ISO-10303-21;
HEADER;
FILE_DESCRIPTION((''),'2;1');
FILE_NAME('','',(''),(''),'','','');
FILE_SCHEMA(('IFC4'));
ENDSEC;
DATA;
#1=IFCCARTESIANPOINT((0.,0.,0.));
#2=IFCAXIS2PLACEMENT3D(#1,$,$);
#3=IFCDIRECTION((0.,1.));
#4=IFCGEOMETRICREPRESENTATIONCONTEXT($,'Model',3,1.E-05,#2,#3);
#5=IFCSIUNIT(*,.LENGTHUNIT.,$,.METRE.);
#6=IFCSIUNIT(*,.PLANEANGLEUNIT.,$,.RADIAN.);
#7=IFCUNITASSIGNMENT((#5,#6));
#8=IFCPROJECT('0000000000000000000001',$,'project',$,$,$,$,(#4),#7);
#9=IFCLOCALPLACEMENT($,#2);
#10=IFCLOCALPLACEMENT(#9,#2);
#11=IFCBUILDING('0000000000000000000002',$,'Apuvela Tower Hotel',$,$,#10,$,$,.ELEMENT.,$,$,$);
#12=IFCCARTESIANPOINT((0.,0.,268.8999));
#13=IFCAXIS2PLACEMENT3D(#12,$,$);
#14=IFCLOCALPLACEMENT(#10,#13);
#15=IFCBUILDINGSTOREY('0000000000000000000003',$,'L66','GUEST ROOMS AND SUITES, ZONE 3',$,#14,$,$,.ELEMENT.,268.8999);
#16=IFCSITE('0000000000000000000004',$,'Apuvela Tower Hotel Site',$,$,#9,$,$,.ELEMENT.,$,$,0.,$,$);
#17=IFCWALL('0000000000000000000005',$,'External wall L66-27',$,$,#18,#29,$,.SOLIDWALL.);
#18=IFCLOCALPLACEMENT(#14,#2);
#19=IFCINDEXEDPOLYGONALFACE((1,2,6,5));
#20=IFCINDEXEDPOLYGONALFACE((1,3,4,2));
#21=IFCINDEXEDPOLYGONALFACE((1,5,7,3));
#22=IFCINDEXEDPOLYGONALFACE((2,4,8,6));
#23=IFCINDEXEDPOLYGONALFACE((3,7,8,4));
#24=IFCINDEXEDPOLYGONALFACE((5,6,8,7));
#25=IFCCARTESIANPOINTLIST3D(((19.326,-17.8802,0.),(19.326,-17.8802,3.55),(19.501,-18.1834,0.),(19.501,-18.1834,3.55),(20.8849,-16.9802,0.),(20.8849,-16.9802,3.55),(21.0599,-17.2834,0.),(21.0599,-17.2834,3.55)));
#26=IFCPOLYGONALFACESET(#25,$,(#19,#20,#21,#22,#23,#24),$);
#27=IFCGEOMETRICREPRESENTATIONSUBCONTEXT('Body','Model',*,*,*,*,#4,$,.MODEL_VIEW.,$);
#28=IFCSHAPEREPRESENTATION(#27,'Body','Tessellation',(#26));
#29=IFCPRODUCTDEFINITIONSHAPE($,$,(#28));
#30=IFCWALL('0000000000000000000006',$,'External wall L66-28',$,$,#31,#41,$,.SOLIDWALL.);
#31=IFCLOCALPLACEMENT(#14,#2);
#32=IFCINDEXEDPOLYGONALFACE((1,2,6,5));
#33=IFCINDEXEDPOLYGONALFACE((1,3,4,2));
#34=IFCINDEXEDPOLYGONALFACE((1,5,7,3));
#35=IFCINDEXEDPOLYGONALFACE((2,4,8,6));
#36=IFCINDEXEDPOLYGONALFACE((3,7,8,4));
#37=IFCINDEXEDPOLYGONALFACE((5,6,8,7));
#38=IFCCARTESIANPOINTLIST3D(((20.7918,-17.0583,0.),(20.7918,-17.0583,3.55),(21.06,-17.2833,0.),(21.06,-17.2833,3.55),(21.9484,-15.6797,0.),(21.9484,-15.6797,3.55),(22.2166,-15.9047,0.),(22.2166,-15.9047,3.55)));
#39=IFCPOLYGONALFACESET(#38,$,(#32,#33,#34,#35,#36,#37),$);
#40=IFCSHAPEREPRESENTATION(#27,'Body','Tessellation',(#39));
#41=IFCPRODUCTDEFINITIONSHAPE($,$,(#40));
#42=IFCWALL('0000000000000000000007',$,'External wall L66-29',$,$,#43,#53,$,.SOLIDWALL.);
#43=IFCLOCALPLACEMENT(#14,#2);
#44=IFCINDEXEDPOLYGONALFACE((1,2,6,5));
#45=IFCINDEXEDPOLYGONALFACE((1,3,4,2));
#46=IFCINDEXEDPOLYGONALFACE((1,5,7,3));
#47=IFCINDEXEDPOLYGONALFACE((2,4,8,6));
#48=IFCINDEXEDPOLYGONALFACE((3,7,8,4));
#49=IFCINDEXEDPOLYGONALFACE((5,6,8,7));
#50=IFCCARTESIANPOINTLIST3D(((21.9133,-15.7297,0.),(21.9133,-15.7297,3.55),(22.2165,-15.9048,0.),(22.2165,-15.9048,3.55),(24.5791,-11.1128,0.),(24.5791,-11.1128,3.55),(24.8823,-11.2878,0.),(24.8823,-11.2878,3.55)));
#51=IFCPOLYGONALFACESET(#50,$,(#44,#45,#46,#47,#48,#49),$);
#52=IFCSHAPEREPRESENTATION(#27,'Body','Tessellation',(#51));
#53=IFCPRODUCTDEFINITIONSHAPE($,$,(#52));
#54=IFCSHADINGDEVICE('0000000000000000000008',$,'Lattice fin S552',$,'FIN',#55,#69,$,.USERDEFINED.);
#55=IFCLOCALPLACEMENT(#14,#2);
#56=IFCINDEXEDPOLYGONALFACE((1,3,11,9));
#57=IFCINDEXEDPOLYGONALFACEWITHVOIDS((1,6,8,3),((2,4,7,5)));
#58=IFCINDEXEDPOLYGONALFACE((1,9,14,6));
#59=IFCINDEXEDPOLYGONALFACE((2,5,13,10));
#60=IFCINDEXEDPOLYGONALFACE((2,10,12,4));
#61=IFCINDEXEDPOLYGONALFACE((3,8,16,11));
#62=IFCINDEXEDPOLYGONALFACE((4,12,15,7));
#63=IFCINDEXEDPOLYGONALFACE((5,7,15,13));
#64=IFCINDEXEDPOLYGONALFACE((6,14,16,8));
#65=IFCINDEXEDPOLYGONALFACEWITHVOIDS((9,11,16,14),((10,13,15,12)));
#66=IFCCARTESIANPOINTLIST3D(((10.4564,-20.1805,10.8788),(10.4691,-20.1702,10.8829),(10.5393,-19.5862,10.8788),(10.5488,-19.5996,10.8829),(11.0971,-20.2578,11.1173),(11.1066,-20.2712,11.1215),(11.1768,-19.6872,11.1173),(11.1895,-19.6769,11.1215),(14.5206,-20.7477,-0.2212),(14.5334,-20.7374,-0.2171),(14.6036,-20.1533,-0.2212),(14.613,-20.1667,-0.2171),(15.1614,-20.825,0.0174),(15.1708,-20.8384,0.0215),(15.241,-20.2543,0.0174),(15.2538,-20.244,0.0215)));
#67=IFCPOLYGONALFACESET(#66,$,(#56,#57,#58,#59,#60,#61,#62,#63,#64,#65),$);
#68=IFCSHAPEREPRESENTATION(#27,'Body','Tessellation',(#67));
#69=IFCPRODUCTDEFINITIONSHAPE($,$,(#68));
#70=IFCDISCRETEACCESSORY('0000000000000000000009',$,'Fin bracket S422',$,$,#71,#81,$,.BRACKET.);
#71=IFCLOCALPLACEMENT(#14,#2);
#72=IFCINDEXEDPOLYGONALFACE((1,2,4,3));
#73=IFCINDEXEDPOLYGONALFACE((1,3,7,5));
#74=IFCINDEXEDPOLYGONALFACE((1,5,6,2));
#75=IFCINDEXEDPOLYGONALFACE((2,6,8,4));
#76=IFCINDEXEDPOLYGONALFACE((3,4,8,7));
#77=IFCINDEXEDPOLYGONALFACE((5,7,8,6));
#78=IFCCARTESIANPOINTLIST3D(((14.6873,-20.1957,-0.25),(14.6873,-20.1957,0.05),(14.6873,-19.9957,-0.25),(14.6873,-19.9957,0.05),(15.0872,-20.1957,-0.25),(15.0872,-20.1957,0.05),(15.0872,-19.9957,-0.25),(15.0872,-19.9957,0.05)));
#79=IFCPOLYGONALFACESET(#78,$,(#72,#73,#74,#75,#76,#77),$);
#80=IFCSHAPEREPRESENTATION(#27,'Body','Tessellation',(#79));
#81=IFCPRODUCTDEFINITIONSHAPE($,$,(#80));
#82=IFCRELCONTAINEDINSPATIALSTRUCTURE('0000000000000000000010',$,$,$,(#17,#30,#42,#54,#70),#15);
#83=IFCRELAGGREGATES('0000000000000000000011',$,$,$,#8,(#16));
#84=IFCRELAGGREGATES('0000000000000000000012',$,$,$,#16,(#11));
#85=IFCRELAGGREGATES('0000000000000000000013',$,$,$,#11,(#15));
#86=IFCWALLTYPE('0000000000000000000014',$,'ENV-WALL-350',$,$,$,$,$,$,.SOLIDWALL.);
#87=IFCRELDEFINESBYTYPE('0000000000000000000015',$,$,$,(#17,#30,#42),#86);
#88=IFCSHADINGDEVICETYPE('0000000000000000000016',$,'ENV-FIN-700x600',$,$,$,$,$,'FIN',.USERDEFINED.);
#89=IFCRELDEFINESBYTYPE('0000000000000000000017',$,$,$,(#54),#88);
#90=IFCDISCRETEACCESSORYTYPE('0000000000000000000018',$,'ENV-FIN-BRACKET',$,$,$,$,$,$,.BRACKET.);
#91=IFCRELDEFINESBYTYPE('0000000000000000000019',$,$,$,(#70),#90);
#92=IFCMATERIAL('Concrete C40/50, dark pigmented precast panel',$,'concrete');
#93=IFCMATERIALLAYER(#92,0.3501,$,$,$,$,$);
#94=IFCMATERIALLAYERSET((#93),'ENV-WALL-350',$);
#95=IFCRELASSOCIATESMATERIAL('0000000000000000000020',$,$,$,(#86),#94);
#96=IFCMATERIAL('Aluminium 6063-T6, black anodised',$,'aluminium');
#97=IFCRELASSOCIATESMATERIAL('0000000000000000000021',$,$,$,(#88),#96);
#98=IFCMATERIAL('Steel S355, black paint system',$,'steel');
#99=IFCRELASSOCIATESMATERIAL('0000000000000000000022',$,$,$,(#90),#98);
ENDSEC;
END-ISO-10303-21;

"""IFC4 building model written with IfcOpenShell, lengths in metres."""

from ifc_helpers import new_model, si_unit, direction, frame, frame_2d, origin, origin_2d, place, context, subcontext, project, spatial, rectangle, hollow_rectangle, extrude, material, layer, layer_set, material_profile, profile_set, type_object, element, save


model = new_model("IFC4")

# Units and contexts
model_context = context("Model", 3, precision=1e-05, world=origin(), true_north=direction((0.0, 1.0)))
body_context = subcontext(model_context, "Body", "Model", "MODEL_VIEW")
ifc_project = project(units=[si_unit("LENGTHUNIT", "METRE"), si_unit("PLANEANGLEUNIT", "RADIAN")], contexts=[model_context])

# Site, building, storey
site_placement = place(None, origin())
site = spatial("IfcSite", under=ifc_project, at=site_placement, Name="Apuvela Tower Hotel Site", CompositionType="ELEMENT", RefElevation=0.0)
building_placement = place(site_placement, origin())
building = spatial("IfcBuilding", under=site, at=building_placement, Name="Apuvela Tower Hotel", CompositionType="ELEMENT")
storey_placement = place(building_placement, frame((0.0, 0.0, 268.8999)))
storey = spatial("IfcBuildingStorey", under=building, at=storey_placement, Name="L66", Description="GUEST ROOMS AND SUITES, ZONE 3", CompositionType="ELEMENT", Elevation=268.8999)

# Shared definitions
ifc_material_1 = material(Name="Concrete C40/50, dark pigmented precast panel", Category="concrete")
ifc_layer_1 = layer(ifc_material_1, 0.3501)
ifc_layer_set_1 = layer_set([ifc_layer_1], Name="ENV-WALL-350")
wall_type_1 = type_object("IfcWallType", Name="ENV-WALL-350", PredefinedType="SOLIDWALL", material=ifc_layer_set_1)

# Walls
wall_1_placement = place(storey_placement, frame((19.4136, -18.0317, 0.0), z_axis=(0.0, 0.0, 1.0), x_axis=(0.866048, 0.499961, 0.0)))
element("IfcWall", 1, at=wall_1_placement, inside=storey, type_object=wall_type_1, Name="External wall L66-27", PredefinedType="SOLIDWALL", context=body_context, shape_type="SweptSolid", body=[
    extrude(rectangle(XDim=1.8, YDim=0.3501, at=frame_2d((0.8999, 0.0))), origin(), (0.0, 0.0, 1.0), 3.55),
])
wall_2_placement = place(storey_placement, frame((20.9258, -17.1709, 0.0), z_axis=(0.0, 0.0, 1.0), x_axis=(0.642756, 0.766071, 0.0)))
element("IfcWall", 2, at=wall_2_placement, inside=storey, type_object=wall_type_1, Name="External wall L66-28", PredefinedType="SOLIDWALL", context=body_context, shape_type="SweptSolid", body=[
    extrude(rectangle(XDim=1.7996, YDim=0.3501, at=frame_2d((0.8999, 0.0))), origin(), (0.0, 0.0, 1.0), 3.55),
])
wall_3_placement = place(storey_placement, frame((22.0649, -15.8171, 0.0), z_axis=(0.0, 0.0, 1.0), x_axis=(0.500025, 0.866011, 0.0)))
element("IfcWall", 3, at=wall_3_placement, inside=storey, type_object=wall_type_1, Name="External wall L66-29", PredefinedType="SOLIDWALL", context=body_context, shape_type="SweptSolid", body=[
    extrude(rectangle(XDim=5.3313, YDim=0.3501, at=frame_2d((2.6655, 0.0))), origin(), (0.0, 0.0, 1.0), 3.55),
])

# Shading device
ifc_material_2 = material(Name="Aluminium 6063-T6, black anodised", Category="aluminium")
ifc_material_profile_1 = material_profile(ifc_material_2, hollow_rectangle(XDim=0.6001, YDim=0.7, WallThickness=0.012, at=origin_2d()), Name="AL BOX 700x600x12")
ifc_profile_set_1 = profile_set([ifc_material_profile_1], Name="Aluminium 6063-T6, black anodised")
shading_device_type = type_object("IfcShadingDeviceType", Name="ENV-FIN-700x600", ElementType="FIN", PredefinedType="USERDEFINED", material=ifc_profile_set_1)
shading_device_placement = place(storey_placement, frame((14.8872, -20.4958, -0.0999), z_axis=(-0.343432, 0.047924, 0.937954), x_axis=(-0.138206, -0.990404, 0.0)))
element("IfcShadingDevice", 4, at=shading_device_placement, inside=storey, type_object=shading_device_type, Name="Lattice fin S552", ObjectType="FIN", PredefinedType="USERDEFINED", context=body_context, shape_type="SweptSolid", body=[
    extrude(hollow_rectangle(XDim=0.6001, YDim=0.7, WallThickness=0.012, at=origin_2d()), origin(), (0.0, 0.0, 1.0), 11.8342),
])

# Discrete accessory
ifc_material_3 = material(Name="Steel S355, black paint system", Category="steel")
discrete_accessory_type = type_object("IfcDiscreteAccessoryType", Name="ENV-FIN-BRACKET", PredefinedType="BRACKET", material=ifc_material_3)
discrete_accessory_placement = place(storey_placement, frame((14.8872, -20.0957, -0.25), z_axis=(0.0, 0.0, 1.0), x_axis=(1.0, 0.0, 0.0)))
element("IfcDiscreteAccessory", 5, at=discrete_accessory_placement, inside=storey, type_object=discrete_accessory_type, Name="Fin bracket S422", PredefinedType="BRACKET", context=body_context, shape_type="SweptSolid", body=[
    extrude(rectangle(XDim=0.3999, YDim=0.2, at=origin_2d()), origin(), (0.0, 0.0, 1.0), 0.3),
])

save(model, "model.ifc")
